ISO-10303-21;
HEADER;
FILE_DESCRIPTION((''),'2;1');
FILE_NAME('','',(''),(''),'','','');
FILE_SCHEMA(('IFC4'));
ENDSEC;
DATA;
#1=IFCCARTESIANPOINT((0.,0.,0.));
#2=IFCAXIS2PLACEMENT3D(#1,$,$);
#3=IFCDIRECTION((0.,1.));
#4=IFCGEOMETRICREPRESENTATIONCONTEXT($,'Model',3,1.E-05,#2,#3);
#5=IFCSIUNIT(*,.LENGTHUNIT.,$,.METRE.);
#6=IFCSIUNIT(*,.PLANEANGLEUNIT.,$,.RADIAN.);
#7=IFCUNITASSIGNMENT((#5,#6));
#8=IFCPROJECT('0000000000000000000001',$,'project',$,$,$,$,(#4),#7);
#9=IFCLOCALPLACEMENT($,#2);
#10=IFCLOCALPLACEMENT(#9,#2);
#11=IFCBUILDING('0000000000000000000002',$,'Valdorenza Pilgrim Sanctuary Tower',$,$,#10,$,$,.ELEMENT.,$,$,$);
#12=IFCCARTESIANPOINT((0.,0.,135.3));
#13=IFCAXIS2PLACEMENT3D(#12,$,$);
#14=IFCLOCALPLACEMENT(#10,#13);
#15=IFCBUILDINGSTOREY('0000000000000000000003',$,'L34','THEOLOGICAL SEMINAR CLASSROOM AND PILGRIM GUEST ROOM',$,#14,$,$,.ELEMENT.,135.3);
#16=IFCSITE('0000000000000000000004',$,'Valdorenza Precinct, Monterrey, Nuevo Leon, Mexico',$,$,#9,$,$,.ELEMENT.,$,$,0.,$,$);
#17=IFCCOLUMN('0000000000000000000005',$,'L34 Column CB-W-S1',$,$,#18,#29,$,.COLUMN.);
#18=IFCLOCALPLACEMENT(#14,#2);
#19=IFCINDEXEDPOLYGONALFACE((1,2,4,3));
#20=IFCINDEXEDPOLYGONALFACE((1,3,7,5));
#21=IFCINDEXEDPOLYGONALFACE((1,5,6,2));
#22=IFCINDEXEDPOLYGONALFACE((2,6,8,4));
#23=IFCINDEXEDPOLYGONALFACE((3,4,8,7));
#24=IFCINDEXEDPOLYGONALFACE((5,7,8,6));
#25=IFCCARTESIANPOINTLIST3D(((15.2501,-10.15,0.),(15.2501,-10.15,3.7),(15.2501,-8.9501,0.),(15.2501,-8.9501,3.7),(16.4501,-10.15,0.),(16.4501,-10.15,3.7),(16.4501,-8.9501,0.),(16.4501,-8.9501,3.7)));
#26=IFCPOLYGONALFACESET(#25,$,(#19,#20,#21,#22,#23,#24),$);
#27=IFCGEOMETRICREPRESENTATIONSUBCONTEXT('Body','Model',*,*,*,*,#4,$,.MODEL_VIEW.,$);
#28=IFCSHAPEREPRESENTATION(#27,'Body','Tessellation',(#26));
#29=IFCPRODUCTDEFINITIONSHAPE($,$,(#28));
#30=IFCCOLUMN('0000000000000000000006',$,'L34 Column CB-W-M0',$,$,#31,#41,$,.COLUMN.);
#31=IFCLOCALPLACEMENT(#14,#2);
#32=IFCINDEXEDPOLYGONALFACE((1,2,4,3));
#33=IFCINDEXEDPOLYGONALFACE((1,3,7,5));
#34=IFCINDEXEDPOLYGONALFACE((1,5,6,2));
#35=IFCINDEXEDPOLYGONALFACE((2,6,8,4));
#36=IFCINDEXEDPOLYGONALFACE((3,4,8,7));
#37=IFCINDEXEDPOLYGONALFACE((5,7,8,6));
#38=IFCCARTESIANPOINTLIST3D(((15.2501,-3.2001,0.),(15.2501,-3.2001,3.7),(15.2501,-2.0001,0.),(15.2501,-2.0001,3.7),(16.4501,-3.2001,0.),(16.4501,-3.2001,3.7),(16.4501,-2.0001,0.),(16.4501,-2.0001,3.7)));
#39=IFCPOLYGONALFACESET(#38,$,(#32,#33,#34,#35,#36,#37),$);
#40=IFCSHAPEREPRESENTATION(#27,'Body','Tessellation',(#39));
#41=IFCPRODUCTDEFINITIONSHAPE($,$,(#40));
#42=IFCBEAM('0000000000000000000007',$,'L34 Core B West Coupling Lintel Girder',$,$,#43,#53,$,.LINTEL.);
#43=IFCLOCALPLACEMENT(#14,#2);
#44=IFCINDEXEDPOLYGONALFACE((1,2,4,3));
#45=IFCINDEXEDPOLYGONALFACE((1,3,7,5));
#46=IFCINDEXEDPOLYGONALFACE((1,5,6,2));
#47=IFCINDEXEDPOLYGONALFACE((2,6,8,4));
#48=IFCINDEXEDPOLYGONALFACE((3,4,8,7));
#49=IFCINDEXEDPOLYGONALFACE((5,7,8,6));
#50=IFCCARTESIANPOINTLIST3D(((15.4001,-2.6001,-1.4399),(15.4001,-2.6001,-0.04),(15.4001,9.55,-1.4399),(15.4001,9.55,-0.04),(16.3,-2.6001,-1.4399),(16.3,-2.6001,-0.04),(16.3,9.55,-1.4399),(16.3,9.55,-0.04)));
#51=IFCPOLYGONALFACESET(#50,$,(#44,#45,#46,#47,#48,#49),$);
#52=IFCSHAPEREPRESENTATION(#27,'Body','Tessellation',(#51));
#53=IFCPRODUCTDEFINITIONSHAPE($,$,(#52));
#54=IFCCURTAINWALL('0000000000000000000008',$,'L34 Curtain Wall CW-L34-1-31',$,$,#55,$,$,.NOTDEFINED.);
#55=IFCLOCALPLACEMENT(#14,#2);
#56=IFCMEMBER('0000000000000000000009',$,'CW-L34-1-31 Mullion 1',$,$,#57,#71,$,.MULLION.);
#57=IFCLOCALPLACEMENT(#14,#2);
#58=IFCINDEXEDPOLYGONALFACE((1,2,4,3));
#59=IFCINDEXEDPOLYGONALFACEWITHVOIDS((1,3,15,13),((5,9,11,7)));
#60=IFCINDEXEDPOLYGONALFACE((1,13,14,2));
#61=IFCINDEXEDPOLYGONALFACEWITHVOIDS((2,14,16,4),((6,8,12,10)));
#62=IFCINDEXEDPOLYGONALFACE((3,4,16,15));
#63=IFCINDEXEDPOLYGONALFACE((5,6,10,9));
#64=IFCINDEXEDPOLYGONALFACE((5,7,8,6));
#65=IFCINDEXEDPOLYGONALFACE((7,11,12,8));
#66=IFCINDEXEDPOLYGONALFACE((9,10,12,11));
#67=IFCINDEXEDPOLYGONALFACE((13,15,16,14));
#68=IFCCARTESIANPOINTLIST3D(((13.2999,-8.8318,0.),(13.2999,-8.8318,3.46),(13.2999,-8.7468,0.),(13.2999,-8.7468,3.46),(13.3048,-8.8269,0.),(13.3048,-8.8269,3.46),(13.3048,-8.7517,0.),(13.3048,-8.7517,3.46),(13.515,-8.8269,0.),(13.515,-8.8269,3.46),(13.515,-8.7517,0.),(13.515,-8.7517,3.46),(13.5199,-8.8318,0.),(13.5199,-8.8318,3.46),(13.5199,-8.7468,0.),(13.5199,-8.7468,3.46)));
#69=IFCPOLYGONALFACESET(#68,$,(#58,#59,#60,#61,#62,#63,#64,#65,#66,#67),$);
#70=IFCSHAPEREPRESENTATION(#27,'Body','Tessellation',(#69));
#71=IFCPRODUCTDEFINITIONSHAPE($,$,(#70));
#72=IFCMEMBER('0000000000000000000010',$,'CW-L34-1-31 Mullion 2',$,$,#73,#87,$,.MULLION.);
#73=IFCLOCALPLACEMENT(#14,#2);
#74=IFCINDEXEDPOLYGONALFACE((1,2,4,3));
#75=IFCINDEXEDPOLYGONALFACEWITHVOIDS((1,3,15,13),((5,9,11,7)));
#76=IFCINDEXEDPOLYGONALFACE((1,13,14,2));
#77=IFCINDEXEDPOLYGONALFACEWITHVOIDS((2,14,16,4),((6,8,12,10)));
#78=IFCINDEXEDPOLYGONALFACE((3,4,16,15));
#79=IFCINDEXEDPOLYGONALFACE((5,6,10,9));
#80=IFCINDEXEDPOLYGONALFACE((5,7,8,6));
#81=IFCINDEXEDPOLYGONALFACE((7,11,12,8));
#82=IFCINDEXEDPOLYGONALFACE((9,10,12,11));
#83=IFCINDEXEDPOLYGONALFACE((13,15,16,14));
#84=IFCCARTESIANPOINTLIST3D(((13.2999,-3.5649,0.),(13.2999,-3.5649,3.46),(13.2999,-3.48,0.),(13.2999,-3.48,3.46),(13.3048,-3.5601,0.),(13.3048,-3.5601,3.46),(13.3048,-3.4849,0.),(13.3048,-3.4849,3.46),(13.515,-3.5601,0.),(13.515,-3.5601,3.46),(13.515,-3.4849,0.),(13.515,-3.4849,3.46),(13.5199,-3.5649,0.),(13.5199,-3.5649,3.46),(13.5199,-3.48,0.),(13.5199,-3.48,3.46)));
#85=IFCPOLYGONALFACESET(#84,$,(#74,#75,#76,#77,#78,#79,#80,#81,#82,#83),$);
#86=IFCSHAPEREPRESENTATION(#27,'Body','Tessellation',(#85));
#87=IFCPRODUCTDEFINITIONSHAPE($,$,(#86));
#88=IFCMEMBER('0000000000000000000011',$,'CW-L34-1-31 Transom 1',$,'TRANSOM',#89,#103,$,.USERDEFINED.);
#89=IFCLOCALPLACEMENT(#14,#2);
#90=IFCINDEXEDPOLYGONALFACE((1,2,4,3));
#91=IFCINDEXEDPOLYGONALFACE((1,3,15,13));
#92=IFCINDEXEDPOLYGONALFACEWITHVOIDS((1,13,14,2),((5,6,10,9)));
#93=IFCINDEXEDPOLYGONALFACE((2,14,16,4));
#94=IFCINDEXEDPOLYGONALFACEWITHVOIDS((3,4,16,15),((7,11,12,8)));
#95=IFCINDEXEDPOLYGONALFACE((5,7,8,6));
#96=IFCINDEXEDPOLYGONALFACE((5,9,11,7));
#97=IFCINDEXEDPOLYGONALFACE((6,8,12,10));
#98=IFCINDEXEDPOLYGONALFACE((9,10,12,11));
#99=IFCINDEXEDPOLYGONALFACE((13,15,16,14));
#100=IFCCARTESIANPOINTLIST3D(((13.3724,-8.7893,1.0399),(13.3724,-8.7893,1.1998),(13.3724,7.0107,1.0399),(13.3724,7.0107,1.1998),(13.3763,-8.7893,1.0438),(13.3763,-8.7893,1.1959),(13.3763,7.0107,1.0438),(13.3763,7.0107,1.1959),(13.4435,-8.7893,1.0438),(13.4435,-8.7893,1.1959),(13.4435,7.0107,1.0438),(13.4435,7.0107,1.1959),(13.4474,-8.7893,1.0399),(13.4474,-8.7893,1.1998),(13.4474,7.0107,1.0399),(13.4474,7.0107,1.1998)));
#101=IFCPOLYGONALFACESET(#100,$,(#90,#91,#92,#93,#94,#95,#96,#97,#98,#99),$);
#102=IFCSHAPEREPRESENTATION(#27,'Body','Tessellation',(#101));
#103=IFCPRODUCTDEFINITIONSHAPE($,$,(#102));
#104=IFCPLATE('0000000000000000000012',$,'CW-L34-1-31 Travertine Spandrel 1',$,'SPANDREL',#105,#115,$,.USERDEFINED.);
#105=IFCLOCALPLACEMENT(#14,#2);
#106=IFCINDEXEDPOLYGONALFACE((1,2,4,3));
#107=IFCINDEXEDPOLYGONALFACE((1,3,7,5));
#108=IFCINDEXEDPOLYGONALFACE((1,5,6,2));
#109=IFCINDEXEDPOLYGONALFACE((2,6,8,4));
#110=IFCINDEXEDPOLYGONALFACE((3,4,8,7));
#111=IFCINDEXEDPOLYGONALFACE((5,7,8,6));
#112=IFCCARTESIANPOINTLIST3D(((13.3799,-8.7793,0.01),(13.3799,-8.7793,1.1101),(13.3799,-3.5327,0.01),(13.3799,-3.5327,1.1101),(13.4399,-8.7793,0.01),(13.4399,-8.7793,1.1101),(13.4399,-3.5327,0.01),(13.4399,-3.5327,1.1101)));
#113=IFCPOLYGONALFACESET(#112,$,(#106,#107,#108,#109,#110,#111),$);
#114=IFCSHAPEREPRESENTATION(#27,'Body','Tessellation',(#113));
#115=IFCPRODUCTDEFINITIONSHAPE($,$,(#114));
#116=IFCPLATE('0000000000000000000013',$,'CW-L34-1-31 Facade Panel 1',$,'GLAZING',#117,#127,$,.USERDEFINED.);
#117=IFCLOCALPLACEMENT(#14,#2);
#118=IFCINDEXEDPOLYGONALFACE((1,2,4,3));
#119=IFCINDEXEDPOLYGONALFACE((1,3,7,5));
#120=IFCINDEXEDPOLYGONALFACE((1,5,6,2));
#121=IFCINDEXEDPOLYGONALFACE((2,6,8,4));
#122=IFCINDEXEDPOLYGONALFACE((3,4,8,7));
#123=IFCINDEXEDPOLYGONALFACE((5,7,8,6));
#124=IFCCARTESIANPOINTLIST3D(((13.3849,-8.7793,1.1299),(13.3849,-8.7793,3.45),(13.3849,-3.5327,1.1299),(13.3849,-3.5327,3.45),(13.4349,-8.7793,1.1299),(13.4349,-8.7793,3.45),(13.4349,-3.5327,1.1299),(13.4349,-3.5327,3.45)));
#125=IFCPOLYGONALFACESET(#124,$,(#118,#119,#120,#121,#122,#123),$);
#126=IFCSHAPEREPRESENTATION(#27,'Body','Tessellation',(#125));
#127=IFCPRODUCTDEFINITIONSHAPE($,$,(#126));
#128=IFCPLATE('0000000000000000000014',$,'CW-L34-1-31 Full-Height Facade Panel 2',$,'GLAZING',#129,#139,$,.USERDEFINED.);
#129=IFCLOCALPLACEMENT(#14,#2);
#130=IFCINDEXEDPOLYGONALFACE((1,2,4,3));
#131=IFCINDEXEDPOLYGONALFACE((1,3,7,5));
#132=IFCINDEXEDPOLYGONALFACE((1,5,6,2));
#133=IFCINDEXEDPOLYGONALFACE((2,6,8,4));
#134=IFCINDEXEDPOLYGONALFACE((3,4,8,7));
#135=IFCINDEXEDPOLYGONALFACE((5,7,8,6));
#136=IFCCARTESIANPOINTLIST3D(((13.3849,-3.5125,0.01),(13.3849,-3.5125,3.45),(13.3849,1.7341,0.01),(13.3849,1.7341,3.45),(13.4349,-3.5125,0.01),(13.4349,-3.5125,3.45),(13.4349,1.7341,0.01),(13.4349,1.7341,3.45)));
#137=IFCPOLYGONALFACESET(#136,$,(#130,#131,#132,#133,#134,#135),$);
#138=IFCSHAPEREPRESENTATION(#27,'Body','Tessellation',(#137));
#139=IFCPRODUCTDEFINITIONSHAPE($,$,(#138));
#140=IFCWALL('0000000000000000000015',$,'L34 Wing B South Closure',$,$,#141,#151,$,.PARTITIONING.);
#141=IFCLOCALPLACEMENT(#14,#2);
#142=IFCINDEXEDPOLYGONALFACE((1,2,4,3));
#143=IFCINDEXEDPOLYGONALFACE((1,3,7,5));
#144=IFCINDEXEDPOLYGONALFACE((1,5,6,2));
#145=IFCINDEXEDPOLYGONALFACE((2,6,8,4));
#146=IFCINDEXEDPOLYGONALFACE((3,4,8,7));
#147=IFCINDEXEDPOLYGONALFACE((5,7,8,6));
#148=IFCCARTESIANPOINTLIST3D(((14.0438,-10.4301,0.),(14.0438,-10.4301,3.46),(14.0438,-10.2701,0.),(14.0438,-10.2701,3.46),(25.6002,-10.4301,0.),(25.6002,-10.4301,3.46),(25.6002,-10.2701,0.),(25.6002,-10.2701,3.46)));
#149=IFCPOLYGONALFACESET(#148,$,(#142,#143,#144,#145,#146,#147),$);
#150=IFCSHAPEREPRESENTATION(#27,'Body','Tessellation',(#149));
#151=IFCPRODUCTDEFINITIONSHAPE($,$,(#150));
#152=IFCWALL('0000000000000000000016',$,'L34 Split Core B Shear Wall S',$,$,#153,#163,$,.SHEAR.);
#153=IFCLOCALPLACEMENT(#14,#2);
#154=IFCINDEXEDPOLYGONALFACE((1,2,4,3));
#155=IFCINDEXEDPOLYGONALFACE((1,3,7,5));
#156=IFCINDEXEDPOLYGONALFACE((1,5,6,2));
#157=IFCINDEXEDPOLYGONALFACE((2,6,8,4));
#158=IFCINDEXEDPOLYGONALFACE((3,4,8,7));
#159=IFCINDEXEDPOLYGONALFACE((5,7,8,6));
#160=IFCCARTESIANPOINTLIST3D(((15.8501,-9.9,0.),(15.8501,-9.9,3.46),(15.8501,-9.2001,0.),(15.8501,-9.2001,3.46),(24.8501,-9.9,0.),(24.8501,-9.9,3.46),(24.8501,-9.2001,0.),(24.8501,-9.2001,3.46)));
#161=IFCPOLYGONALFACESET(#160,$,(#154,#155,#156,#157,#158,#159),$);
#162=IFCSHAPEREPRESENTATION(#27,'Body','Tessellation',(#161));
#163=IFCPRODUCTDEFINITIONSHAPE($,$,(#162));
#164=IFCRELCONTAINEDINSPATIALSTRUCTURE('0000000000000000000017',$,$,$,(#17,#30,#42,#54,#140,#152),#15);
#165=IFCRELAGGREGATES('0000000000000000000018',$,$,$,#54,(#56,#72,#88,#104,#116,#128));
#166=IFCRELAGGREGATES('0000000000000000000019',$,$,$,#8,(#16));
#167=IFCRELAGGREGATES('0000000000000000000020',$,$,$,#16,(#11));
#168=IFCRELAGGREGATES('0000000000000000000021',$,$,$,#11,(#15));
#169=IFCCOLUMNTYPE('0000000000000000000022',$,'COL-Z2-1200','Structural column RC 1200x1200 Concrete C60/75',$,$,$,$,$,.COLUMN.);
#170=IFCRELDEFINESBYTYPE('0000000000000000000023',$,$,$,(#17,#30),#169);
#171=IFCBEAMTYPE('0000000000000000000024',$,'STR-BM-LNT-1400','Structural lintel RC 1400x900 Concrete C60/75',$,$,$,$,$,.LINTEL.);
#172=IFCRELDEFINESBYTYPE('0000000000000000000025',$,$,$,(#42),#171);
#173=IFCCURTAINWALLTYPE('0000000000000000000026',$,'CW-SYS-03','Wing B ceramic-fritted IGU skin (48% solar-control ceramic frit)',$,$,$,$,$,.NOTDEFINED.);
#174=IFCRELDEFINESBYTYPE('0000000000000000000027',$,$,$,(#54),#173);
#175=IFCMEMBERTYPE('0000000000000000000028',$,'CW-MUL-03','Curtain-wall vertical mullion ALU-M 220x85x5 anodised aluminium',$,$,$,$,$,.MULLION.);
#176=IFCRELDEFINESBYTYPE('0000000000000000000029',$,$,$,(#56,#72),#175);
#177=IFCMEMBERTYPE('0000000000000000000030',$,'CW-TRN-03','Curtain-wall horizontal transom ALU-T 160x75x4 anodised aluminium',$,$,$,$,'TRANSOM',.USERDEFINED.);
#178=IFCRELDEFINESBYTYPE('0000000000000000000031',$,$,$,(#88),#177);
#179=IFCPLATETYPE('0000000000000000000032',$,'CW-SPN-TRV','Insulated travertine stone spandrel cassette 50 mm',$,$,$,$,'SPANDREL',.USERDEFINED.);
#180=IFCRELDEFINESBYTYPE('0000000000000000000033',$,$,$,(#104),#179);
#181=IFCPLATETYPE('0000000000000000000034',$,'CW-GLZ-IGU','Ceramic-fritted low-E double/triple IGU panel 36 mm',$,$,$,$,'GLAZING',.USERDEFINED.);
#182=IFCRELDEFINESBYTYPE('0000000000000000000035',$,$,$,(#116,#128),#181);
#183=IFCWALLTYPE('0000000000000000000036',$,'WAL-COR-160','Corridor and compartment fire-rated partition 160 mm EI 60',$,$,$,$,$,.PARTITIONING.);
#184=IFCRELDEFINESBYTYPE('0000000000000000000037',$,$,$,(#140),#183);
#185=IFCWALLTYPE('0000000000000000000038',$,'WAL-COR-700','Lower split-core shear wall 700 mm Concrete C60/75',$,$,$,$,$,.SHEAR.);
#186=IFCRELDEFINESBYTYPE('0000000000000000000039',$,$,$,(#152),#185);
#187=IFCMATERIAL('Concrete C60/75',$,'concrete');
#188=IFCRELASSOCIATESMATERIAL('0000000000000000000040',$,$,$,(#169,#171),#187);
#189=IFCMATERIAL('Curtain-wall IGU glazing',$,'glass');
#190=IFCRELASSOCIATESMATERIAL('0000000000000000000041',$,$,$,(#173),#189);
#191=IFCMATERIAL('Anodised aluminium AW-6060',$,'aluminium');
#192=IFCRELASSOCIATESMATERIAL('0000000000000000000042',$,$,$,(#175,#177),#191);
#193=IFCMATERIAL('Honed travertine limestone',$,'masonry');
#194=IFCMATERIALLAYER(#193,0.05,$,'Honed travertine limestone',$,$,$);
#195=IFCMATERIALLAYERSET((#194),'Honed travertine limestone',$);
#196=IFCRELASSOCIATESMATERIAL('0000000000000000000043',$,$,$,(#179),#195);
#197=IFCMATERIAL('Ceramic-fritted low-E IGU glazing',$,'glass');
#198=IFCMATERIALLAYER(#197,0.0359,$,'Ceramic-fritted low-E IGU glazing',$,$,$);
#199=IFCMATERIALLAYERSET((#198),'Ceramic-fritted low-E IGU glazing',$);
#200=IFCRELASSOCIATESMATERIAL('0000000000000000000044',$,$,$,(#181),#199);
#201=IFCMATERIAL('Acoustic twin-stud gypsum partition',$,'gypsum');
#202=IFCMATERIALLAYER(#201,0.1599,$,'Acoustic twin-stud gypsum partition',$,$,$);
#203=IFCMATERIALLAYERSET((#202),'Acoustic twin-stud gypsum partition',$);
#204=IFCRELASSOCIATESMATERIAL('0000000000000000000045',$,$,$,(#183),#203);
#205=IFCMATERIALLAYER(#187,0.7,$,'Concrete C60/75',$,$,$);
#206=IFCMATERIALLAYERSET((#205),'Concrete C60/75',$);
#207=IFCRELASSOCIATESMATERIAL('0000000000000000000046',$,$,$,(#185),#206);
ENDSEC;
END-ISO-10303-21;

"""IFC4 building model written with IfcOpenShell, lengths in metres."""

from ifc_helpers import new_model, si_unit, direction, frame, frame_2d, origin, origin_2d, place, context, subcontext, project, spatial, rectangle, hollow_rectangle, extrude, source, transform, mapped, material, layer, layer_set, material_profile, profile_set, type_object, element, aggregate, save


model = new_model("IFC4")

# Units and contexts
model_context = context("Model", 3, precision=1e-05, world=origin(), true_north=direction((0.0, 1.0)))
body_context = subcontext(model_context, "Body", "Model", "MODEL_VIEW")
ifc_project = project(units=[si_unit("LENGTHUNIT", "METRE"), si_unit("PLANEANGLEUNIT", "RADIAN")], contexts=[model_context])

# Site, building, storey
site_placement = place(None, origin())
site = spatial("IfcSite", under=ifc_project, at=site_placement, Name="Valdorenza Precinct, Monterrey, Nuevo Leon, Mexico", CompositionType="ELEMENT", RefElevation=0.0)
building_placement = place(site_placement, origin())
building = spatial("IfcBuilding", under=site, at=building_placement, Name="Valdorenza Pilgrim Sanctuary Tower", CompositionType="ELEMENT")
storey_placement = place(building_placement, frame((0.0, 0.0, 135.3)))
storey = spatial("IfcBuildingStorey", under=building, at=storey_placement, Name="L34", Description="THEOLOGICAL SEMINAR CLASSROOM AND PILGRIM GUEST ROOM", CompositionType="ELEMENT", Elevation=135.3)

# Columns
ifc_material_1 = material(Name="Concrete C60/75", Category="concrete")
ifc_material_profile_1 = material_profile(ifc_material_1, rectangle(XDim=1.2, YDim=1.2, at=origin_2d()), Name="RC 1200x1200")
ifc_profile_set_1 = profile_set([ifc_material_profile_1], Name="Concrete C60/75")
column_type = type_object("IfcColumnType", Name="COL-Z2-1200", Description="Structural column RC 1200x1200 Concrete C60/75", PredefinedType="COLUMN", material=ifc_profile_set_1)
shared_shape_1 = source(origin(), body_context, "Body", "SweptSolid", [
    extrude(rectangle(XDim=1.2, YDim=1.2, at=origin_2d()), origin(), (0.0, 0.0, 1.0), 3.7),
])
for number, where, z_axis, x_axis, name in (
    (1, (15.8501, -9.55, 0.0), (0.0, 0.0, 1.0), (1.0, 0.0, 0.0), "L34 Column CB-W-S1"),
    (2, (15.8501, -2.6001, 0.0), (0.0, 0.0, 1.0), (1.0, 0.0, 0.0), "L34 Column CB-W-M0"),
):
    element("IfcColumn", number, at=place(storey_placement, frame(where, z_axis=z_axis, x_axis=x_axis)), inside=storey, type_object=column_type, Name=name, PredefinedType="COLUMN", context=body_context, shape_type="MappedRepresentation", body=[
        mapped(shared_shape_1, transform((0.0, 0.0, 0.0), x_axis=(1.0, 0.0, 0.0), y_axis=(0.0, 1.0, 0.0), z_axis=(0.0, 0.0, 1.0), scale=1.0)),
    ])

# Beam
ifc_material_profile_2 = material_profile(ifc_material_1, rectangle(XDim=0.8999, YDim=1.3999, at=origin_2d()), Name="RC 1400x900")
ifc_profile_set_2 = profile_set([ifc_material_profile_2], Name="Concrete C60/75")
beam_type = type_object("IfcBeamType", Name="STR-BM-LNT-1400", Description="Structural lintel RC 1400x900 Concrete C60/75", PredefinedType="LINTEL", material=ifc_profile_set_2)
shared_shape_2 = source(origin(), body_context, "Body", "SweptSolid", [
    extrude(rectangle(XDim=0.8999, YDim=1.3999, at=origin_2d()), origin(), (0.0, 0.0, 1.0), 12.1501),
])
beam_placement = place(storey_placement, frame((15.8501, -2.6001, -0.74), z_axis=(0.0, 1.0, 0.0), x_axis=(-1.0, 0.0, 0.0)))
element("IfcBeam", 3, at=beam_placement, inside=storey, type_object=beam_type, Name="L34 Core B West Coupling Lintel Girder", PredefinedType="LINTEL", context=body_context, shape_type="MappedRepresentation", body=[
    mapped(shared_shape_2, transform((0.0, 0.0, 0.0), x_axis=(1.0, 0.0, 0.0), y_axis=(0.0, 1.0, 0.0), z_axis=(0.0, 0.0, 1.0), scale=1.0)),
])

# Curtain wall, members, plates
ifc_material_2 = material(Name="Curtain-wall IGU glazing", Category="glass")
curtain_wall_type = type_object("IfcCurtainWallType", Name="CW-SYS-03", Description="Wing B ceramic-fritted IGU skin (48% solar-control ceramic frit)", PredefinedType="NOTDEFINED", material=ifc_material_2)
curtain_wall_placement = place(storey_placement, origin())
curtain_wall = element("IfcCurtainWall", 4, at=curtain_wall_placement, inside=storey, type_object=curtain_wall_type, Name="L34 Curtain Wall CW-L34-1-31", PredefinedType="NOTDEFINED")
ifc_material_3 = material(Name="Anodised aluminium AW-6060", Category="aluminium")
ifc_material_profile_3 = material_profile(ifc_material_3, hollow_rectangle(XDim=0.085, YDim=0.22, WallThickness=0.0049, at=origin_2d()), Name="ALU-M 220x85x5")
ifc_profile_set_3 = profile_set([ifc_material_profile_3], Name="Anodised aluminium AW-6060")
member_type_1 = type_object("IfcMemberType", Name="CW-MUL-03", Description="Curtain-wall vertical mullion ALU-M 220x85x5 anodised aluminium", PredefinedType="MULLION", material=ifc_profile_set_3)
shared_shape_3 = source(origin(), body_context, "Body", "SweptSolid", [
    extrude(hollow_rectangle(XDim=0.085, YDim=0.22, WallThickness=0.0049, at=origin_2d()), origin(), (0.0, 0.0, 1.0), 3.46),
])
member_1_placement = place(storey_placement, frame((13.4099, -8.7893, 0.0), z_axis=(0.0, 0.0, 1.0), x_axis=(0.0, 1.0, 0.0)))
member_1 = element("IfcMember", 5, at=member_1_placement, type_object=member_type_1, Name="CW-L34-1-31 Mullion 1", PredefinedType="MULLION", context=body_context, shape_type="MappedRepresentation", body=[
    mapped(shared_shape_3, transform((0.0, 0.0, 0.0), x_axis=(1.0, 0.0, 0.0), y_axis=(0.0, 1.0, 0.0), z_axis=(0.0, 0.0, 1.0), scale=1.0)),
])
member_2_placement = place(storey_placement, frame((13.4099, -3.5225, 0.0), z_axis=(0.0, 0.0, 1.0), x_axis=(0.0, 1.0, 0.0)))
member_2 = element("IfcMember", 6, at=member_2_placement, type_object=member_type_1, Name="CW-L34-1-31 Mullion 2", PredefinedType="MULLION", context=body_context, shape_type="MappedRepresentation", body=[
    mapped(shared_shape_3, transform((0.0, 0.0, 0.0), x_axis=(1.0, 0.0, 0.0), y_axis=(0.0, 1.0, 0.0), z_axis=(0.0, 0.0, 1.0), scale=1.0)),
])
ifc_material_profile_4 = material_profile(ifc_material_3, hollow_rectangle(XDim=0.075, YDim=0.1599, WallThickness=0.0039, at=origin_2d()), Name="ALU-T 160x75x4")
ifc_profile_set_4 = profile_set([ifc_material_profile_4], Name="Anodised aluminium AW-6060")
member_type_2 = type_object("IfcMemberType", Name="CW-TRN-03", Description="Curtain-wall horizontal transom ALU-T 160x75x4 anodised aluminium", ElementType="TRANSOM", PredefinedType="USERDEFINED", material=ifc_profile_set_4)
shared_shape_4 = source(origin(), body_context, "Body", "SweptSolid", [
    extrude(hollow_rectangle(XDim=0.075, YDim=0.1599, WallThickness=0.0039, at=origin_2d()), origin(), (0.0, 0.0, 1.0), 15.8),
])
member_3_placement = place(storey_placement, frame((13.4099, -8.7893, 1.1199), z_axis=(0.0, 1.0, 0.0), x_axis=(-1.0, 0.0, 0.0)))
member_3 = element("IfcMember", 7, at=member_3_placement, type_object=member_type_2, Name="CW-L34-1-31 Transom 1", ObjectType="TRANSOM", PredefinedType="USERDEFINED", context=body_context, shape_type="MappedRepresentation", body=[
    mapped(shared_shape_4, transform((0.0, 0.0, 0.0), x_axis=(1.0, 0.0, 0.0), y_axis=(0.0, 1.0, 0.0), z_axis=(0.0, 0.0, 1.0), scale=1.0)),
])
ifc_material_4 = material(Name="Honed travertine limestone", Category="masonry")
ifc_layer_1 = layer(ifc_material_4, 0.05, Name="Honed travertine limestone")
ifc_layer_set_1 = layer_set([ifc_layer_1], Name="Honed travertine limestone")
plate_type_1 = type_object("IfcPlateType", Name="CW-SPN-TRV", Description="Insulated travertine stone spandrel cassette 50 mm", ElementType="SPANDREL", PredefinedType="USERDEFINED", material=ifc_layer_set_1)
shared_shape_5 = source(origin(), body_context, "Body", "SweptSolid", [
    extrude(rectangle(XDim=5.2466, YDim=0.0601, at=origin_2d()), origin(), (0.0, 0.0, 1.0), 1.1001),
])
plate_1_placement = place(storey_placement, frame((13.4099, -6.156, 0.01), z_axis=(0.0, 0.0, 1.0), x_axis=(0.0, 1.0, 0.0)))
plate_1 = element("IfcPlate", 8, at=plate_1_placement, type_object=plate_type_1, Name="CW-L34-1-31 Travertine Spandrel 1", ObjectType="SPANDREL", PredefinedType="USERDEFINED", context=body_context, shape_type="MappedRepresentation", body=[
    mapped(shared_shape_5, transform((0.0, 0.0, 0.0), x_axis=(1.0, 0.0, 0.0), y_axis=(0.0, 1.0, 0.0), z_axis=(0.0, 0.0, 1.0), scale=1.0)),
])
ifc_material_5 = material(Name="Ceramic-fritted low-E IGU glazing", Category="glass")
ifc_layer_2 = layer(ifc_material_5, 0.0359, Name="Ceramic-fritted low-E IGU glazing")
ifc_layer_set_2 = layer_set([ifc_layer_2], Name="Ceramic-fritted low-E IGU glazing")
plate_type_2 = type_object("IfcPlateType", Name="CW-GLZ-IGU", Description="Ceramic-fritted low-E double/triple IGU panel 36 mm", ElementType="GLAZING", PredefinedType="USERDEFINED", material=ifc_layer_set_2)
shared_shape_6 = source(origin(), body_context, "Body", "SweptSolid", [
    extrude(rectangle(XDim=5.2466, YDim=0.05, at=origin_2d()), origin(), (0.0, 0.0, 1.0), 2.3201),
])
plate_2_placement = place(storey_placement, frame((13.4099, -6.156, 1.1299), z_axis=(0.0, 0.0, 1.0), x_axis=(0.0, 1.0, 0.0)))
plate_2 = element("IfcPlate", 9, at=plate_2_placement, type_object=plate_type_2, Name="CW-L34-1-31 Facade Panel 1", ObjectType="GLAZING", PredefinedType="USERDEFINED", context=body_context, shape_type="MappedRepresentation", body=[
    mapped(shared_shape_6, transform((0.0, 0.0, 0.0), x_axis=(1.0, 0.0, 0.0), y_axis=(0.0, 1.0, 0.0), z_axis=(0.0, 0.0, 1.0), scale=1.0)),
])
shared_shape_7 = source(origin(), body_context, "Body", "SweptSolid", [
    extrude(rectangle(XDim=5.2466, YDim=0.05, at=origin_2d()), origin(), (0.0, 0.0, 1.0), 3.4399),
])
plate_3_placement = place(storey_placement, frame((13.4099, -0.8892, 0.01), z_axis=(0.0, 0.0, 1.0), x_axis=(0.0, 1.0, 0.0)))
plate_3 = element("IfcPlate", 10, at=plate_3_placement, type_object=plate_type_2, Name="CW-L34-1-31 Full-Height Facade Panel 2", ObjectType="GLAZING", PredefinedType="USERDEFINED", context=body_context, shape_type="MappedRepresentation", body=[
    mapped(shared_shape_7, transform((0.0, 0.0, 0.0), x_axis=(1.0, 0.0, 0.0), y_axis=(0.0, 1.0, 0.0), z_axis=(0.0, 0.0, 1.0), scale=1.0)),
])
aggregate(curtain_wall, [member_1, member_2, member_3, plate_1, plate_2, plate_3])

# Walls
ifc_material_6 = material(Name="Acoustic twin-stud gypsum partition", Category="gypsum")
ifc_layer_3 = layer(ifc_material_6, 0.1599, Name="Acoustic twin-stud gypsum partition")
ifc_layer_set_3 = layer_set([ifc_layer_3], Name="Acoustic twin-stud gypsum partition")
wall_type_1 = type_object("IfcWallType", Name="WAL-COR-160", Description="Corridor and compartment fire-rated partition 160 mm EI 60", PredefinedType="PARTITIONING", material=ifc_layer_set_3)
wall_1_placement = place(storey_placement, frame((14.0437, -10.3501, 0.0), z_axis=(0.0, 0.0, 1.0), x_axis=(1.0, 0.0, 0.0)))
element("IfcWall", 11, at=wall_1_placement, inside=storey, type_object=wall_type_1, Name="L34 Wing B South Closure", PredefinedType="PARTITIONING", context=body_context, shape_type="SweptSolid", body=[
    extrude(rectangle(XDim=11.5564, YDim=0.1599, at=frame_2d((5.7783, 0.0))), origin(), (0.0, 0.0, 1.0), 3.46),
])
ifc_layer_4 = layer(ifc_material_1, 0.7, Name="Concrete C60/75")
ifc_layer_set_4 = layer_set([ifc_layer_4], Name="Concrete C60/75")
wall_type_2 = type_object("IfcWallType", Name="WAL-COR-700", Description="Lower split-core shear wall 700 mm Concrete C60/75", PredefinedType="SHEAR", material=ifc_layer_set_4)
wall_2_placement = place(storey_placement, frame((15.8501, -9.55, 0.0), z_axis=(0.0, 0.0, 1.0), x_axis=(1.0, 0.0, 0.0)))
element("IfcWall", 12, at=wall_2_placement, inside=storey, type_object=wall_type_2, Name="L34 Split Core B Shear Wall S", PredefinedType="SHEAR", context=body_context, shape_type="SweptSolid", body=[
    extrude(rectangle(XDim=9.0, YDim=0.7, at=frame_2d((4.5, 0.0))), origin(), (0.0, 0.0, 1.0), 3.46),
])

save(model, "model.ifc")
